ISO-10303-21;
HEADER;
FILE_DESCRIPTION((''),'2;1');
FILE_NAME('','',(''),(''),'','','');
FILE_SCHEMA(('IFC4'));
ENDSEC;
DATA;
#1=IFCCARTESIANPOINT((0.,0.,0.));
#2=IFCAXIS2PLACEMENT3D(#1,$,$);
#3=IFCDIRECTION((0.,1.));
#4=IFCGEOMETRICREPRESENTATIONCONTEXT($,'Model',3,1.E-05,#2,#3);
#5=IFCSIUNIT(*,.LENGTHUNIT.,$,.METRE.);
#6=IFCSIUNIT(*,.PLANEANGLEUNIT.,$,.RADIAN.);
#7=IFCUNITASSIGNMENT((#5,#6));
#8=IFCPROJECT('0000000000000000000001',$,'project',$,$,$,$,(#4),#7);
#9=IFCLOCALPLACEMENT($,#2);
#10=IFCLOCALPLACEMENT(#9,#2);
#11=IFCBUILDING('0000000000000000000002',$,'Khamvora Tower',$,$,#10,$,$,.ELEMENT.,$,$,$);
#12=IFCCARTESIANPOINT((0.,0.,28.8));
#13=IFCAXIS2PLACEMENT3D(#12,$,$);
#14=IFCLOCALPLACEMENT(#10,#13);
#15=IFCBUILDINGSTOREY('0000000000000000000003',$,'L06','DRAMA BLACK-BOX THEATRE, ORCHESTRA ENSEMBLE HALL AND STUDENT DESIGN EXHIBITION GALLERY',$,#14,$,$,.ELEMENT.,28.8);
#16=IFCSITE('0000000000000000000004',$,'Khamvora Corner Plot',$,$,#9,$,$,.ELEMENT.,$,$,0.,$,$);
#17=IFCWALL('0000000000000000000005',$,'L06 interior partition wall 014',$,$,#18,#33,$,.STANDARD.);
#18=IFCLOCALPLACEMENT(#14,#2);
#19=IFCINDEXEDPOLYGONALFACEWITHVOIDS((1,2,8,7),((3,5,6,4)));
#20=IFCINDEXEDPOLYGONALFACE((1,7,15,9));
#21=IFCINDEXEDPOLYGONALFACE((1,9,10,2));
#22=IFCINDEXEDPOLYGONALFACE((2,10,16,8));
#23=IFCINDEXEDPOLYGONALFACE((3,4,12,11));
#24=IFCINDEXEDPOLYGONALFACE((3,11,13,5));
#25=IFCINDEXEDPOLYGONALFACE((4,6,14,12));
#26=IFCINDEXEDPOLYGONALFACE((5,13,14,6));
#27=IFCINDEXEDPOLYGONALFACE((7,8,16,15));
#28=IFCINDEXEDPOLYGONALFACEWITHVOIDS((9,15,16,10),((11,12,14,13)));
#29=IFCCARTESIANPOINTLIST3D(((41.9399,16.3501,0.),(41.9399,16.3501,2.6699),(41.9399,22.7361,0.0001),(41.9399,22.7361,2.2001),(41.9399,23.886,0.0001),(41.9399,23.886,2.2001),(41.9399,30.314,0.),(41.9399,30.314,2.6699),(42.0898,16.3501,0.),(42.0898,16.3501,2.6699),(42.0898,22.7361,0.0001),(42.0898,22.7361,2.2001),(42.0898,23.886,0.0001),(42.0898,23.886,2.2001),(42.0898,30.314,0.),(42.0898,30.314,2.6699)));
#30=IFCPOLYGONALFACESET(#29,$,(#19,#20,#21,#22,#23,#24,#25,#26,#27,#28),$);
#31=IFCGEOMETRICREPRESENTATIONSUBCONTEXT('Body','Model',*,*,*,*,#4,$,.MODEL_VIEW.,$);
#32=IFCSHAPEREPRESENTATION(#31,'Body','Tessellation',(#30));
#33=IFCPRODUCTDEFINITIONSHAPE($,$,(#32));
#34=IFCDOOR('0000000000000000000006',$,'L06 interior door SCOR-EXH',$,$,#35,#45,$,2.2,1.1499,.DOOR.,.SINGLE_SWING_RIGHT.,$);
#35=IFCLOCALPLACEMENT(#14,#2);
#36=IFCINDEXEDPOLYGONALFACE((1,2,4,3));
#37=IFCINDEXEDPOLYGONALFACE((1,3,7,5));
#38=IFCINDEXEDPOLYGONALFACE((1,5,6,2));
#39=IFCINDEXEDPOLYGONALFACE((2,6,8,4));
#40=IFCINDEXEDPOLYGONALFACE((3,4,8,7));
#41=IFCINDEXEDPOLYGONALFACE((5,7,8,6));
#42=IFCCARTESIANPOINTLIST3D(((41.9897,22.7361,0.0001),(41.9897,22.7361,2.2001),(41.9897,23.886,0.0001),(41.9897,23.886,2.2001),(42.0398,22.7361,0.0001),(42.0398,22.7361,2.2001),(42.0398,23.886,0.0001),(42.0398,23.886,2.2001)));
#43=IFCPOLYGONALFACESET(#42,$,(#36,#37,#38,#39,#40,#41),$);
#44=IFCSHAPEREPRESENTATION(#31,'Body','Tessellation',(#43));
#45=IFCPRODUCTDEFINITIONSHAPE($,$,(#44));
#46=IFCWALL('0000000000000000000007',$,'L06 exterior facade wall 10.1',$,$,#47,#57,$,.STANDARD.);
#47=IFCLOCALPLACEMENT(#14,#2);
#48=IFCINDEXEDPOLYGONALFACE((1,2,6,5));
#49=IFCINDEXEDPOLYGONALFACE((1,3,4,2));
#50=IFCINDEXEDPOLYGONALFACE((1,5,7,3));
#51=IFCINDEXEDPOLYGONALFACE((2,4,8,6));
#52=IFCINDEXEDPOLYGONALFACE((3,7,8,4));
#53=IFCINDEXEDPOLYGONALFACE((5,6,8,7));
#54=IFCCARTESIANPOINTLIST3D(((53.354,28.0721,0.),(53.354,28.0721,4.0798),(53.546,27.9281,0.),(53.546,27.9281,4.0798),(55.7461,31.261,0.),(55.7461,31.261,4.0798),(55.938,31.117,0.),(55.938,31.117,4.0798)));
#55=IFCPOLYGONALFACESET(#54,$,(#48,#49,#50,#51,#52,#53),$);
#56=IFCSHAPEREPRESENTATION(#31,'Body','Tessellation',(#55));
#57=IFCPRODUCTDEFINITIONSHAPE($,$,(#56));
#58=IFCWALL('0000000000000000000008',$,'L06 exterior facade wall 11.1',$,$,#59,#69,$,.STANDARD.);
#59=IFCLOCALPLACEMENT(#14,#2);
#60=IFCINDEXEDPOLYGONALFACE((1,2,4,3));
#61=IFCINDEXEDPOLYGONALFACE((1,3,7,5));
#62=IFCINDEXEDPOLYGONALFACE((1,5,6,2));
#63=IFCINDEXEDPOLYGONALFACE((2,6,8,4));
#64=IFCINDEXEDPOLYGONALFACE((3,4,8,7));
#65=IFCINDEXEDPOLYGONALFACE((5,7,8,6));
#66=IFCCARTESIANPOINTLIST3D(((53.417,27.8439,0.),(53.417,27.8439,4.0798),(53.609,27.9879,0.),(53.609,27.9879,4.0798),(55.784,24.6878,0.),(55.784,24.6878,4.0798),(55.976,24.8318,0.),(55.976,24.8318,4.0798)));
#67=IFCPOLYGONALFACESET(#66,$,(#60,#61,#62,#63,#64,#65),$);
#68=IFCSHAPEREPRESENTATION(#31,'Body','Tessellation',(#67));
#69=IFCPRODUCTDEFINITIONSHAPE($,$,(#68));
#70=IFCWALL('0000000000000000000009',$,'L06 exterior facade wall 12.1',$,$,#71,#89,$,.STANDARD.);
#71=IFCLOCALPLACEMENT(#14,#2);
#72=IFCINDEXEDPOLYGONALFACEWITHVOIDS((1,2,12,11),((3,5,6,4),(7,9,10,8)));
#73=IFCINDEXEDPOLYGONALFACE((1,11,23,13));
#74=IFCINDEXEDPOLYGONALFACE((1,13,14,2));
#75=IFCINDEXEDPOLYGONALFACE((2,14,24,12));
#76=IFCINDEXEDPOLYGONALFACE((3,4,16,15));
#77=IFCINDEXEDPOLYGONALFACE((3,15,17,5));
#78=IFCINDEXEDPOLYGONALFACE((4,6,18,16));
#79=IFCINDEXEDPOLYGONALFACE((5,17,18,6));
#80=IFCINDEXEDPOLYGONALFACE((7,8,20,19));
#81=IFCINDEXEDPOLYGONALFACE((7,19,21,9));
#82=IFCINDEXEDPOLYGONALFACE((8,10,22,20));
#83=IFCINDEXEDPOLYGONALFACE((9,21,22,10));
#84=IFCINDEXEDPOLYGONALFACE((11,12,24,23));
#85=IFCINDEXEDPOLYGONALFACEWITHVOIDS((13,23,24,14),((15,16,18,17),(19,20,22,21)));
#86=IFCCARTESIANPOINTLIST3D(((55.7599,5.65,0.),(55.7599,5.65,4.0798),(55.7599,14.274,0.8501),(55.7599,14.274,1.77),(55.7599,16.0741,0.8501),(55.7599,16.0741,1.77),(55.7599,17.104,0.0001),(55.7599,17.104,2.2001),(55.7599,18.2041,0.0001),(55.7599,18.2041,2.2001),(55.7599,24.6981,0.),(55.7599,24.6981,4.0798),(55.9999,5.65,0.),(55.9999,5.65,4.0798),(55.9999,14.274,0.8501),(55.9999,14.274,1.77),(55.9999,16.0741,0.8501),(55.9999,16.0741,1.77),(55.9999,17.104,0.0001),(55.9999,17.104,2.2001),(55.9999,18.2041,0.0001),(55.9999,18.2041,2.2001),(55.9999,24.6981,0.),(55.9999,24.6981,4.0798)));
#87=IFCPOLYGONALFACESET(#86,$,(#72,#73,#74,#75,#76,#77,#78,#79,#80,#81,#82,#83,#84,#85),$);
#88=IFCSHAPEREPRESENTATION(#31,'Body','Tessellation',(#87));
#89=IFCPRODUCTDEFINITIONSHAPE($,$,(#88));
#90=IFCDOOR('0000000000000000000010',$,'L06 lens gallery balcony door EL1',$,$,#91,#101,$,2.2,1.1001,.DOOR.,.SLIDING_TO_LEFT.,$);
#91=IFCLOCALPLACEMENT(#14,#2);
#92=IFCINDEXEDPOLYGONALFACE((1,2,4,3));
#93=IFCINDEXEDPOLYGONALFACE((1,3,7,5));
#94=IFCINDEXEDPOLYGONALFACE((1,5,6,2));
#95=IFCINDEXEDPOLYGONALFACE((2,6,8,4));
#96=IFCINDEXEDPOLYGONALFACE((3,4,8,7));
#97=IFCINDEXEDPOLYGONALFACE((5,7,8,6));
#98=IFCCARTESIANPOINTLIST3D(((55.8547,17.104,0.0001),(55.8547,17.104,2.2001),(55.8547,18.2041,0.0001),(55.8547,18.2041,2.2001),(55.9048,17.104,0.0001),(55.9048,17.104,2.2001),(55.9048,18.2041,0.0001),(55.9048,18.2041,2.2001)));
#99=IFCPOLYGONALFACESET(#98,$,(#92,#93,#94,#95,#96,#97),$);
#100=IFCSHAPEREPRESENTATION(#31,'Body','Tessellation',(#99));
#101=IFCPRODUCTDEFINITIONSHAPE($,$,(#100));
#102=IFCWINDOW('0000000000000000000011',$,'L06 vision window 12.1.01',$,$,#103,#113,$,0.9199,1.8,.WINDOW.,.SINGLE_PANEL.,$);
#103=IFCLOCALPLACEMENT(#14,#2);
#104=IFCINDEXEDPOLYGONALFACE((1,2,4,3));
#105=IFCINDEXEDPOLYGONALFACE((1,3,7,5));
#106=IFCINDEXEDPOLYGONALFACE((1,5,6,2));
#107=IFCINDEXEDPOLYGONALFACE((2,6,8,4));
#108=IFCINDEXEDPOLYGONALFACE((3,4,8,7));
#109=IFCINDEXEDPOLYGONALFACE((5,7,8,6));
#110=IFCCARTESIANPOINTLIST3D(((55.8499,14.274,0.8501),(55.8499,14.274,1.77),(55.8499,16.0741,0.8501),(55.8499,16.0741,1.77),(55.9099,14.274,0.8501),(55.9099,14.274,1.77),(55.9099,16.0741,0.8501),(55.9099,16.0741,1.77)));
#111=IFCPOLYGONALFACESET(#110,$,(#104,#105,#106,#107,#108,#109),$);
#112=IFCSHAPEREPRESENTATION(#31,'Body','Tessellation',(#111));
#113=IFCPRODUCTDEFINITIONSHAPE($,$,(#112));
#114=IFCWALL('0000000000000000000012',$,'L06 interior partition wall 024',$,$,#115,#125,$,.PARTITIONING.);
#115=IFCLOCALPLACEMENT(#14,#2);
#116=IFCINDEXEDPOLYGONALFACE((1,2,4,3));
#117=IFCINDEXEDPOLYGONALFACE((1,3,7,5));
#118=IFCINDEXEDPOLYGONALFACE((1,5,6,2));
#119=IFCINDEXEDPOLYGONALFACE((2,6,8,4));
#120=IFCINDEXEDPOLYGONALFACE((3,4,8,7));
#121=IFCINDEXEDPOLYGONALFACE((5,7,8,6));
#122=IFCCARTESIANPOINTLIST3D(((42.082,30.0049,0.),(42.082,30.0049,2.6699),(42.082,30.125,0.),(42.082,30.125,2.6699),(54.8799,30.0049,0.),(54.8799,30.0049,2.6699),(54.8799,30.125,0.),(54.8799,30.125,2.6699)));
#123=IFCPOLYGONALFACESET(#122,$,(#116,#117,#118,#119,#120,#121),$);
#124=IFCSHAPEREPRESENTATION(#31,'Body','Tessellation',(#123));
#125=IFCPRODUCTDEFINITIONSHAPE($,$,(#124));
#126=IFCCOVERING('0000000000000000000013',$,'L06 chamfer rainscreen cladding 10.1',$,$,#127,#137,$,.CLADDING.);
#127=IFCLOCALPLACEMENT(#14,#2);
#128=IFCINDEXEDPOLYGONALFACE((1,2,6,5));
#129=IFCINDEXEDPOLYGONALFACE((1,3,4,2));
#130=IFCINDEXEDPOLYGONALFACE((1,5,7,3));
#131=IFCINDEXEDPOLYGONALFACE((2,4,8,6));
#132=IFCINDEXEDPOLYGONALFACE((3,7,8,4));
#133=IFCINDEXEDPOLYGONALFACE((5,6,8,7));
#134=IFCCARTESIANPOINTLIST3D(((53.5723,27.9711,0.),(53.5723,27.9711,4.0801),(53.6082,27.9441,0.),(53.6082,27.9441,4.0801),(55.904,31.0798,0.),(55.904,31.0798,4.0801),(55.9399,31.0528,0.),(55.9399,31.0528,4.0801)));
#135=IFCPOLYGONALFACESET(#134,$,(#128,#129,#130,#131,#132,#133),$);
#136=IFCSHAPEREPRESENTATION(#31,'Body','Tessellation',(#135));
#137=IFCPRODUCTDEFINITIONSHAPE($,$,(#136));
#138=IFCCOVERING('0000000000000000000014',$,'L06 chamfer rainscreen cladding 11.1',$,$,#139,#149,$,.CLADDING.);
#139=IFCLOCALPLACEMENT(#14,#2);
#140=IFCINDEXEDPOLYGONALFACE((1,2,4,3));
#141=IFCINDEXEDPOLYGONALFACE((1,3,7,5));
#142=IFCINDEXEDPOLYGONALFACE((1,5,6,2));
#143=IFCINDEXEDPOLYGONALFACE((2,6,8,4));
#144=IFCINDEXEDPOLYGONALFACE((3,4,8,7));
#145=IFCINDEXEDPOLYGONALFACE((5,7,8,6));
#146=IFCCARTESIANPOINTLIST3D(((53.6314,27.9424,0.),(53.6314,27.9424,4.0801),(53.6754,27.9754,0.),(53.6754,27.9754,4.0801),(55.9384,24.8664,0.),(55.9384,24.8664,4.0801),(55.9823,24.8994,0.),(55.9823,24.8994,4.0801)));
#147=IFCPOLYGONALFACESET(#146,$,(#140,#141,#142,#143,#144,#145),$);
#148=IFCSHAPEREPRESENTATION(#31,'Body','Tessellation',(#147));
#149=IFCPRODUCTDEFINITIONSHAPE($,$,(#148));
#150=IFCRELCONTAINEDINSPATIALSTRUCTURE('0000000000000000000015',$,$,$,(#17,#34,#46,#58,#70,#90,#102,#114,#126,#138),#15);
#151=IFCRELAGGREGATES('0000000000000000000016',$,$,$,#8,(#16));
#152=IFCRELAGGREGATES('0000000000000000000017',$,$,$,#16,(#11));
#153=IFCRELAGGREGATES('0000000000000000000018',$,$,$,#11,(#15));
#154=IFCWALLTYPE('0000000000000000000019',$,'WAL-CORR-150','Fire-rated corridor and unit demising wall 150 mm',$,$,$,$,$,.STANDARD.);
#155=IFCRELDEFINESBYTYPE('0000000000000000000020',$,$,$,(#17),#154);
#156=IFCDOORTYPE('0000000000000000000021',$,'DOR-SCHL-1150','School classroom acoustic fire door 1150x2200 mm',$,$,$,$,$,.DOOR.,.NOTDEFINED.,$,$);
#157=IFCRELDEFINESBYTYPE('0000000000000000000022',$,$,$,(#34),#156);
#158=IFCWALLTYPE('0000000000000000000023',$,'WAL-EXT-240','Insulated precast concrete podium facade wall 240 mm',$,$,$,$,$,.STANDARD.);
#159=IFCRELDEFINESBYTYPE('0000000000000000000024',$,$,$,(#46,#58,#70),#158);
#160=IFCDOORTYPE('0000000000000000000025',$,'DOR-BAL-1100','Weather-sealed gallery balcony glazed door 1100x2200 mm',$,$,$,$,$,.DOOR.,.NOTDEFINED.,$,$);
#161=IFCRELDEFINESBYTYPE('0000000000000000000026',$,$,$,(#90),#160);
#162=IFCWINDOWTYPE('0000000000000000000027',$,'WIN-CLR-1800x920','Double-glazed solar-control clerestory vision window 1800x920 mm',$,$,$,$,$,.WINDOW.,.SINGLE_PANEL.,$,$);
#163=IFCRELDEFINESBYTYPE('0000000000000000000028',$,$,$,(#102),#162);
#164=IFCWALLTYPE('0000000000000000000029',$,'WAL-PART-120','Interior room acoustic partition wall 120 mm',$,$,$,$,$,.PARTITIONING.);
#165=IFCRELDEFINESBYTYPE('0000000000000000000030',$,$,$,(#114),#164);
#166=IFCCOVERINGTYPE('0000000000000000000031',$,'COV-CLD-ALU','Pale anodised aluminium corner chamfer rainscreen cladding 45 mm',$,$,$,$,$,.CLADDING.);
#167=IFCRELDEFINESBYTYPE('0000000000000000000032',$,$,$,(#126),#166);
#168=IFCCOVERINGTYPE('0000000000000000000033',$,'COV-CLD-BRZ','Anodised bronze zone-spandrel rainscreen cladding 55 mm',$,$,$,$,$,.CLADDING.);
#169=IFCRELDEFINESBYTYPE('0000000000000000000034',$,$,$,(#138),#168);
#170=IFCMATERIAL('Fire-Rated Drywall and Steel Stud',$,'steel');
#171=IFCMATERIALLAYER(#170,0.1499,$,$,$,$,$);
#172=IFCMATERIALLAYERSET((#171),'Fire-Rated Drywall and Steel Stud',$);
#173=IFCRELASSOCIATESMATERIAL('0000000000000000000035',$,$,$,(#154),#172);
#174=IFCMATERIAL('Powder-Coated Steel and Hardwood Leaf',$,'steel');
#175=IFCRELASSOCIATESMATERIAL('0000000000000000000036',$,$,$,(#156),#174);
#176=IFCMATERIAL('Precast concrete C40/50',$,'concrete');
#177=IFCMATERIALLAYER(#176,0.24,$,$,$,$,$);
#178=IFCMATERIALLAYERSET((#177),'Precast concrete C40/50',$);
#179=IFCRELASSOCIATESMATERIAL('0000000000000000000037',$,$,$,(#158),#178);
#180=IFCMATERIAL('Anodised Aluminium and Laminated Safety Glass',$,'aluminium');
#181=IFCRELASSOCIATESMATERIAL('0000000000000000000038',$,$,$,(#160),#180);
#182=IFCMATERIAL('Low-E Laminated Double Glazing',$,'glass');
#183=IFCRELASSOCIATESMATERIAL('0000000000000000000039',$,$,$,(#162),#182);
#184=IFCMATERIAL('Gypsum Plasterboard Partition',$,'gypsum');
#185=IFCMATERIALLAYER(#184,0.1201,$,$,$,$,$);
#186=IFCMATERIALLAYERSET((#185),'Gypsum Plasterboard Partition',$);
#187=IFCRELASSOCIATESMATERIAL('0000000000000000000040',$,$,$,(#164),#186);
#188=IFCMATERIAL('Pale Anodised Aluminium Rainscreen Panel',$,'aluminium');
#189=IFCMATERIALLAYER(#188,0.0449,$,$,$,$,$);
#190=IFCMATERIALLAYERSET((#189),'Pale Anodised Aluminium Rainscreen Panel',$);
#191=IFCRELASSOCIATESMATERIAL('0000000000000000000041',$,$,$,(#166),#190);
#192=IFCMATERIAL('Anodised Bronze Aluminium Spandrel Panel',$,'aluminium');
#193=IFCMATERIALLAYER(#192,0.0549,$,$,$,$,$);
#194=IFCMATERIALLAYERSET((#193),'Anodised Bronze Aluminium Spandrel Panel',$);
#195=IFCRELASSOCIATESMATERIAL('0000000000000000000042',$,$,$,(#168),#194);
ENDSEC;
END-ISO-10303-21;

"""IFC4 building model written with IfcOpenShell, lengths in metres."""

from ifc_helpers import new_model, si_unit, direction, frame, frame_2d, origin, origin_2d, place, context, subcontext, project, spatial, rectangle, extrude, material, layer, layer_set, type_object, element, fill, save


model = new_model("IFC4")

# Units and contexts
model_context = context("Model", 3, precision=1e-05, world=origin(), true_north=direction((0.0, 1.0)))
body_context = subcontext(model_context, "Body", "Model", "MODEL_VIEW")
ifc_project = project(units=[si_unit("LENGTHUNIT", "METRE"), si_unit("PLANEANGLEUNIT", "RADIAN")], contexts=[model_context])

# Site, building, storey
site_placement = place(None, origin())
site = spatial("IfcSite", under=ifc_project, at=site_placement, Name="Khamvora Corner Plot", CompositionType="ELEMENT", RefElevation=0.0)
building_placement = place(site_placement, origin())
building = spatial("IfcBuilding", under=site, at=building_placement, Name="Khamvora Tower", CompositionType="ELEMENT")
storey_placement = place(building_placement, frame((0.0, 0.0, 28.8)))
storey = spatial("IfcBuildingStorey", under=building, at=storey_placement, Name="L06", Description="DRAMA BLACK-BOX THEATRE, ORCHESTRA ENSEMBLE HALL AND STUDENT DESIGN EXHIBITION GALLERY", CompositionType="ELEMENT", Elevation=28.8)

# Wall, opening, door
ifc_material_1 = material(Name="Fire-Rated Drywall and Steel Stud", Category="steel")
ifc_layer_1 = layer(ifc_material_1, 0.1499)
ifc_layer_set_1 = layer_set([ifc_layer_1], Name="Fire-Rated Drywall and Steel Stud")
wall_type_1 = type_object("IfcWallType", Name="WAL-CORR-150", Description="Fire-rated corridor and unit demising wall 150 mm", PredefinedType="STANDARD", material=ifc_layer_set_1)
wall_1_placement = place(storey_placement, frame((42.0149, 30.314, 0.0), z_axis=(0.0, 0.0, 1.0), x_axis=(0.0, -1.0, 0.0)))
wall_1 = element("IfcWall", 1, at=wall_1_placement, inside=storey, type_object=wall_type_1, Name="L06 interior partition wall 014", PredefinedType="STANDARD", context=body_context, shape_type="SweptSolid", body=[
    extrude(rectangle(XDim=13.9639, YDim=0.1499, at=frame_2d((6.9819, 0.0))), origin(), (0.0, 0.0, 1.0), 2.6699),
])
opening_1_placement = place(wall_1_placement, frame((6.428, 0.0, 0.0)))
opening_1 = element("IfcOpeningElement", 2, at=opening_1_placement, cuts=wall_1, PredefinedType="OPENING", context=body_context, shape_type="SweptSolid", body=[
    extrude(rectangle(XDim=1.1499, YDim=2.2, at=frame_2d((0.575, 1.1001))), frame((0.0, 0.085, 0.0), z_axis=(0.0, -1.0, 0.0), x_axis=(1.0, 0.0, 0.0)), (0.0, 0.0, 1.0), 0.1699),
])
ifc_material_2 = material(Name="Powder-Coated Steel and Hardwood Leaf", Category="steel")
door_type_1 = type_object("IfcDoorType", Name="DOR-SCHL-1150", Description="School classroom acoustic fire door 1150x2200 mm", OperationType="NOTDEFINED", PredefinedType="DOOR", material=ifc_material_2)
door_1_placement = place(opening_1_placement, origin())
door_1 = element("IfcDoor", 3, at=door_1_placement, inside=storey, type_object=door_type_1, Name="L06 interior door SCOR-EXH", OperationType="SINGLE_SWING_RIGHT", OverallHeight=2.2, OverallWidth=1.1499, PredefinedType="DOOR", context=body_context, shape_type="SweptSolid", body=[
    extrude(rectangle(XDim=1.1499, YDim=2.2, at=frame_2d((0.575, 1.1001))), frame((0.0, 0.0249, 0.0), z_axis=(0.0, -1.0, 0.0), x_axis=(1.0, 0.0, 0.0)), (0.0, 0.0, 1.0), 0.05),
])
fill(opening_1, door_1)

# Walls
ifc_material_3 = material(Name="Precast concrete C40/50", Category="concrete")
ifc_layer_2 = layer(ifc_material_3, 0.24)
ifc_layer_set_2 = layer_set([ifc_layer_2], Name="Precast concrete C40/50")
wall_type_2 = type_object("IfcWallType", Name="WAL-EXT-240", Description="Insulated precast concrete podium facade wall 240 mm", PredefinedType="STANDARD", material=ifc_layer_set_2)
wall_2_placement = place(storey_placement, frame((55.842, 31.189, 0.0), z_axis=(0.0, 0.0, 1.0), x_axis=(-0.600059, -0.799956, 0.0)))
element("IfcWall", 4, at=wall_2_placement, inside=storey, type_object=wall_type_2, Name="L06 exterior facade wall 10.1", PredefinedType="STANDARD", context=body_context, shape_type="SweptSolid", body=[
    extrude(rectangle(XDim=3.9863, YDim=0.24, at=frame_2d((1.9932, 0.0))), origin(), (0.0, 0.0, 1.0), 4.0798),
])
wall_3_placement = place(storey_placement, frame((53.5129, 27.916, 0.0), z_axis=(0.0, 0.0, 1.0), x_axis=(0.59999, -0.800007, 0.0)))
element("IfcWall", 5, at=wall_3_placement, inside=storey, type_object=wall_type_2, Name="L06 exterior facade wall 11.1", PredefinedType="STANDARD", context=body_context, shape_type="SweptSolid", body=[
    extrude(rectangle(XDim=3.9451, YDim=0.24, at=frame_2d((1.9727, 0.0))), origin(), (0.0, 0.0, 1.0), 4.0798),
])

# Wall, openings, door, window
wall_4_placement = place(storey_placement, frame((55.8799, 24.698, 0.0), z_axis=(0.0, 0.0, 1.0), x_axis=(0.0, -1.0, 0.0)))
wall_4 = element("IfcWall", 6, at=wall_4_placement, inside=storey, type_object=wall_type_2, Name="L06 exterior facade wall 12.1", PredefinedType="STANDARD", context=body_context, shape_type="SweptSolid", body=[
    extrude(rectangle(XDim=19.0481, YDim=0.24, at=frame_2d((9.5239, 0.0))), origin(), (0.0, 0.0, 1.0), 4.0798),
])
opening_2_placement = place(wall_4_placement, frame((6.4939, 0.0, 0.0)))
opening_2 = element("IfcOpeningElement", 7, at=opening_2_placement, cuts=wall_4, PredefinedType="OPENING", context=body_context, shape_type="SweptSolid", body=[
    extrude(rectangle(XDim=1.1001, YDim=2.2, at=frame_2d((0.55, 1.1001))), frame((0.0, 0.1299, 0.0), z_axis=(0.0, -1.0, 0.0), x_axis=(1.0, 0.0, 0.0)), (0.0, 0.0, 1.0), 0.26),
])
opening_3_placement = place(wall_4_placement, frame((8.624, 0.0, 0.8501)))
opening_3 = element("IfcOpeningElement", 8, at=opening_3_placement, cuts=wall_4, PredefinedType="OPENING", context=body_context, shape_type="SweptSolid", body=[
    extrude(rectangle(XDim=1.8, YDim=0.9199, at=frame_2d((0.8999, 0.46))), frame((0.0, 0.1299, 0.0), z_axis=(0.0, -1.0, 0.0), x_axis=(1.0, 0.0, 0.0)), (0.0, 0.0, 1.0), 0.26),
])
ifc_material_4 = material(Name="Anodised Aluminium and Laminated Safety Glass", Category="aluminium")
door_type_2 = type_object("IfcDoorType", Name="DOR-BAL-1100", Description="Weather-sealed gallery balcony glazed door 1100x2200 mm", OperationType="NOTDEFINED", PredefinedType="DOOR", material=ifc_material_4)
door_2_placement = place(opening_2_placement, origin())
door_2 = element("IfcDoor", 9, at=door_2_placement, inside=storey, type_object=door_type_2, Name="L06 lens gallery balcony door EL1", OperationType="SLIDING_TO_LEFT", OverallHeight=2.2, OverallWidth=1.1001, PredefinedType="DOOR", context=body_context, shape_type="SweptSolid", body=[
    extrude(rectangle(XDim=1.1001, YDim=2.2, at=frame_2d((0.55, 1.1001))), frame((0.0, 0.0249, 0.0), z_axis=(0.0, -1.0, 0.0), x_axis=(1.0, 0.0, 0.0)), (0.0, 0.0, 1.0), 0.05),
])
fill(opening_2, door_2)
ifc_material_5 = material(Name="Low-E Laminated Double Glazing", Category="glass")
window_type = type_object("IfcWindowType", Name="WIN-CLR-1800x920", Description="Double-glazed solar-control clerestory vision window 1800x920 mm", PartitioningType="SINGLE_PANEL", PredefinedType="WINDOW", material=ifc_material_5)
window_placement = place(opening_3_placement, origin())
window = element("IfcWindow", 10, at=window_placement, inside=storey, type_object=window_type, Name="L06 vision window 12.1.01", OverallHeight=0.9199, OverallWidth=1.8, PartitioningType="SINGLE_PANEL", PredefinedType="WINDOW", context=body_context, shape_type="SweptSolid", body=[
    extrude(rectangle(XDim=1.8, YDim=0.9199, at=frame_2d((0.8999, 0.46))), frame((0.0, 0.03, 0.0), z_axis=(0.0, -1.0, 0.0), x_axis=(1.0, 0.0, 0.0)), (0.0, 0.0, 1.0), 0.0601),
])
fill(opening_3, window)

# Wall
ifc_material_6 = material(Name="Gypsum Plasterboard Partition", Category="gypsum")
ifc_layer_3 = layer(ifc_material_6, 0.1201)
ifc_layer_set_3 = layer_set([ifc_layer_3], Name="Gypsum Plasterboard Partition")
wall_type_3 = type_object("IfcWallType", Name="WAL-PART-120", Description="Interior room acoustic partition wall 120 mm", PredefinedType="PARTITIONING", material=ifc_layer_set_3)
wall_5_placement = place(storey_placement, frame((42.082, 30.0649, 0.0), z_axis=(0.0, 0.0, 1.0), x_axis=(1.0, 0.0, 0.0)))
element("IfcWall", 11, at=wall_5_placement, inside=storey, type_object=wall_type_3, Name="L06 interior partition wall 024", PredefinedType="PARTITIONING", context=body_context, shape_type="SweptSolid", body=[
    extrude(rectangle(XDim=12.7979, YDim=0.1201, at=frame_2d((6.3989, 0.0))), origin(), (0.0, 0.0, 1.0), 2.6699),
])

# Coverings
ifc_material_7 = material(Name="Pale Anodised Aluminium Rainscreen Panel", Category="aluminium")
ifc_layer_4 = layer(ifc_material_7, 0.0449)
ifc_layer_set_4 = layer_set([ifc_layer_4], Name="Pale Anodised Aluminium Rainscreen Panel")
covering_type_1 = type_object("IfcCoveringType", Name="COV-CLD-ALU", Description="Pale anodised aluminium corner chamfer rainscreen cladding 45 mm", PredefinedType="CLADDING", material=ifc_layer_set_4)
covering_1_placement = place(storey_placement, frame((54.7561, 29.512, 0.0), z_axis=(0.0, 0.0, 1.0), x_axis=(-0.60004, -0.79997, 0.0)))
element("IfcCovering", 12, at=covering_1_placement, inside=storey, type_object=covering_type_1, Name="L06 chamfer rainscreen cladding 10.1", PredefinedType="CLADDING", context=body_context, shape_type="SweptSolid", body=[
    extrude(rectangle(XDim=3.886, YDim=0.0449, at=origin_2d()), origin(), (0.0, 0.0, 1.0), 4.0801),
])
ifc_material_8 = material(Name="Anodised Bronze Aluminium Spandrel Panel", Category="aluminium")
ifc_layer_5 = layer(ifc_material_8, 0.0549)
ifc_layer_set_5 = layer_set([ifc_layer_5], Name="Anodised Bronze Aluminium Spandrel Panel")
covering_type_2 = type_object("IfcCoveringType", Name="COV-CLD-BRZ", Description="Anodised bronze zone-spandrel rainscreen cladding 55 mm", PredefinedType="CLADDING", material=ifc_layer_set_5)
covering_2_placement = place(storey_placement, frame((54.8069, 26.4209, 0.0), z_axis=(0.0, 0.0, 1.0), x_axis=(0.6, -0.8, 0.0)))
element("IfcCovering", 13, at=covering_2_placement, inside=storey, type_object=covering_type_2, Name="L06 chamfer rainscreen cladding 11.1", PredefinedType="CLADDING", context=body_context, shape_type="SweptSolid", body=[
    extrude(rectangle(XDim=3.845, YDim=0.0549, at=origin_2d()), origin(), (0.0, 0.0, 1.0), 4.0801),
])

save(model, "model.ifc")
